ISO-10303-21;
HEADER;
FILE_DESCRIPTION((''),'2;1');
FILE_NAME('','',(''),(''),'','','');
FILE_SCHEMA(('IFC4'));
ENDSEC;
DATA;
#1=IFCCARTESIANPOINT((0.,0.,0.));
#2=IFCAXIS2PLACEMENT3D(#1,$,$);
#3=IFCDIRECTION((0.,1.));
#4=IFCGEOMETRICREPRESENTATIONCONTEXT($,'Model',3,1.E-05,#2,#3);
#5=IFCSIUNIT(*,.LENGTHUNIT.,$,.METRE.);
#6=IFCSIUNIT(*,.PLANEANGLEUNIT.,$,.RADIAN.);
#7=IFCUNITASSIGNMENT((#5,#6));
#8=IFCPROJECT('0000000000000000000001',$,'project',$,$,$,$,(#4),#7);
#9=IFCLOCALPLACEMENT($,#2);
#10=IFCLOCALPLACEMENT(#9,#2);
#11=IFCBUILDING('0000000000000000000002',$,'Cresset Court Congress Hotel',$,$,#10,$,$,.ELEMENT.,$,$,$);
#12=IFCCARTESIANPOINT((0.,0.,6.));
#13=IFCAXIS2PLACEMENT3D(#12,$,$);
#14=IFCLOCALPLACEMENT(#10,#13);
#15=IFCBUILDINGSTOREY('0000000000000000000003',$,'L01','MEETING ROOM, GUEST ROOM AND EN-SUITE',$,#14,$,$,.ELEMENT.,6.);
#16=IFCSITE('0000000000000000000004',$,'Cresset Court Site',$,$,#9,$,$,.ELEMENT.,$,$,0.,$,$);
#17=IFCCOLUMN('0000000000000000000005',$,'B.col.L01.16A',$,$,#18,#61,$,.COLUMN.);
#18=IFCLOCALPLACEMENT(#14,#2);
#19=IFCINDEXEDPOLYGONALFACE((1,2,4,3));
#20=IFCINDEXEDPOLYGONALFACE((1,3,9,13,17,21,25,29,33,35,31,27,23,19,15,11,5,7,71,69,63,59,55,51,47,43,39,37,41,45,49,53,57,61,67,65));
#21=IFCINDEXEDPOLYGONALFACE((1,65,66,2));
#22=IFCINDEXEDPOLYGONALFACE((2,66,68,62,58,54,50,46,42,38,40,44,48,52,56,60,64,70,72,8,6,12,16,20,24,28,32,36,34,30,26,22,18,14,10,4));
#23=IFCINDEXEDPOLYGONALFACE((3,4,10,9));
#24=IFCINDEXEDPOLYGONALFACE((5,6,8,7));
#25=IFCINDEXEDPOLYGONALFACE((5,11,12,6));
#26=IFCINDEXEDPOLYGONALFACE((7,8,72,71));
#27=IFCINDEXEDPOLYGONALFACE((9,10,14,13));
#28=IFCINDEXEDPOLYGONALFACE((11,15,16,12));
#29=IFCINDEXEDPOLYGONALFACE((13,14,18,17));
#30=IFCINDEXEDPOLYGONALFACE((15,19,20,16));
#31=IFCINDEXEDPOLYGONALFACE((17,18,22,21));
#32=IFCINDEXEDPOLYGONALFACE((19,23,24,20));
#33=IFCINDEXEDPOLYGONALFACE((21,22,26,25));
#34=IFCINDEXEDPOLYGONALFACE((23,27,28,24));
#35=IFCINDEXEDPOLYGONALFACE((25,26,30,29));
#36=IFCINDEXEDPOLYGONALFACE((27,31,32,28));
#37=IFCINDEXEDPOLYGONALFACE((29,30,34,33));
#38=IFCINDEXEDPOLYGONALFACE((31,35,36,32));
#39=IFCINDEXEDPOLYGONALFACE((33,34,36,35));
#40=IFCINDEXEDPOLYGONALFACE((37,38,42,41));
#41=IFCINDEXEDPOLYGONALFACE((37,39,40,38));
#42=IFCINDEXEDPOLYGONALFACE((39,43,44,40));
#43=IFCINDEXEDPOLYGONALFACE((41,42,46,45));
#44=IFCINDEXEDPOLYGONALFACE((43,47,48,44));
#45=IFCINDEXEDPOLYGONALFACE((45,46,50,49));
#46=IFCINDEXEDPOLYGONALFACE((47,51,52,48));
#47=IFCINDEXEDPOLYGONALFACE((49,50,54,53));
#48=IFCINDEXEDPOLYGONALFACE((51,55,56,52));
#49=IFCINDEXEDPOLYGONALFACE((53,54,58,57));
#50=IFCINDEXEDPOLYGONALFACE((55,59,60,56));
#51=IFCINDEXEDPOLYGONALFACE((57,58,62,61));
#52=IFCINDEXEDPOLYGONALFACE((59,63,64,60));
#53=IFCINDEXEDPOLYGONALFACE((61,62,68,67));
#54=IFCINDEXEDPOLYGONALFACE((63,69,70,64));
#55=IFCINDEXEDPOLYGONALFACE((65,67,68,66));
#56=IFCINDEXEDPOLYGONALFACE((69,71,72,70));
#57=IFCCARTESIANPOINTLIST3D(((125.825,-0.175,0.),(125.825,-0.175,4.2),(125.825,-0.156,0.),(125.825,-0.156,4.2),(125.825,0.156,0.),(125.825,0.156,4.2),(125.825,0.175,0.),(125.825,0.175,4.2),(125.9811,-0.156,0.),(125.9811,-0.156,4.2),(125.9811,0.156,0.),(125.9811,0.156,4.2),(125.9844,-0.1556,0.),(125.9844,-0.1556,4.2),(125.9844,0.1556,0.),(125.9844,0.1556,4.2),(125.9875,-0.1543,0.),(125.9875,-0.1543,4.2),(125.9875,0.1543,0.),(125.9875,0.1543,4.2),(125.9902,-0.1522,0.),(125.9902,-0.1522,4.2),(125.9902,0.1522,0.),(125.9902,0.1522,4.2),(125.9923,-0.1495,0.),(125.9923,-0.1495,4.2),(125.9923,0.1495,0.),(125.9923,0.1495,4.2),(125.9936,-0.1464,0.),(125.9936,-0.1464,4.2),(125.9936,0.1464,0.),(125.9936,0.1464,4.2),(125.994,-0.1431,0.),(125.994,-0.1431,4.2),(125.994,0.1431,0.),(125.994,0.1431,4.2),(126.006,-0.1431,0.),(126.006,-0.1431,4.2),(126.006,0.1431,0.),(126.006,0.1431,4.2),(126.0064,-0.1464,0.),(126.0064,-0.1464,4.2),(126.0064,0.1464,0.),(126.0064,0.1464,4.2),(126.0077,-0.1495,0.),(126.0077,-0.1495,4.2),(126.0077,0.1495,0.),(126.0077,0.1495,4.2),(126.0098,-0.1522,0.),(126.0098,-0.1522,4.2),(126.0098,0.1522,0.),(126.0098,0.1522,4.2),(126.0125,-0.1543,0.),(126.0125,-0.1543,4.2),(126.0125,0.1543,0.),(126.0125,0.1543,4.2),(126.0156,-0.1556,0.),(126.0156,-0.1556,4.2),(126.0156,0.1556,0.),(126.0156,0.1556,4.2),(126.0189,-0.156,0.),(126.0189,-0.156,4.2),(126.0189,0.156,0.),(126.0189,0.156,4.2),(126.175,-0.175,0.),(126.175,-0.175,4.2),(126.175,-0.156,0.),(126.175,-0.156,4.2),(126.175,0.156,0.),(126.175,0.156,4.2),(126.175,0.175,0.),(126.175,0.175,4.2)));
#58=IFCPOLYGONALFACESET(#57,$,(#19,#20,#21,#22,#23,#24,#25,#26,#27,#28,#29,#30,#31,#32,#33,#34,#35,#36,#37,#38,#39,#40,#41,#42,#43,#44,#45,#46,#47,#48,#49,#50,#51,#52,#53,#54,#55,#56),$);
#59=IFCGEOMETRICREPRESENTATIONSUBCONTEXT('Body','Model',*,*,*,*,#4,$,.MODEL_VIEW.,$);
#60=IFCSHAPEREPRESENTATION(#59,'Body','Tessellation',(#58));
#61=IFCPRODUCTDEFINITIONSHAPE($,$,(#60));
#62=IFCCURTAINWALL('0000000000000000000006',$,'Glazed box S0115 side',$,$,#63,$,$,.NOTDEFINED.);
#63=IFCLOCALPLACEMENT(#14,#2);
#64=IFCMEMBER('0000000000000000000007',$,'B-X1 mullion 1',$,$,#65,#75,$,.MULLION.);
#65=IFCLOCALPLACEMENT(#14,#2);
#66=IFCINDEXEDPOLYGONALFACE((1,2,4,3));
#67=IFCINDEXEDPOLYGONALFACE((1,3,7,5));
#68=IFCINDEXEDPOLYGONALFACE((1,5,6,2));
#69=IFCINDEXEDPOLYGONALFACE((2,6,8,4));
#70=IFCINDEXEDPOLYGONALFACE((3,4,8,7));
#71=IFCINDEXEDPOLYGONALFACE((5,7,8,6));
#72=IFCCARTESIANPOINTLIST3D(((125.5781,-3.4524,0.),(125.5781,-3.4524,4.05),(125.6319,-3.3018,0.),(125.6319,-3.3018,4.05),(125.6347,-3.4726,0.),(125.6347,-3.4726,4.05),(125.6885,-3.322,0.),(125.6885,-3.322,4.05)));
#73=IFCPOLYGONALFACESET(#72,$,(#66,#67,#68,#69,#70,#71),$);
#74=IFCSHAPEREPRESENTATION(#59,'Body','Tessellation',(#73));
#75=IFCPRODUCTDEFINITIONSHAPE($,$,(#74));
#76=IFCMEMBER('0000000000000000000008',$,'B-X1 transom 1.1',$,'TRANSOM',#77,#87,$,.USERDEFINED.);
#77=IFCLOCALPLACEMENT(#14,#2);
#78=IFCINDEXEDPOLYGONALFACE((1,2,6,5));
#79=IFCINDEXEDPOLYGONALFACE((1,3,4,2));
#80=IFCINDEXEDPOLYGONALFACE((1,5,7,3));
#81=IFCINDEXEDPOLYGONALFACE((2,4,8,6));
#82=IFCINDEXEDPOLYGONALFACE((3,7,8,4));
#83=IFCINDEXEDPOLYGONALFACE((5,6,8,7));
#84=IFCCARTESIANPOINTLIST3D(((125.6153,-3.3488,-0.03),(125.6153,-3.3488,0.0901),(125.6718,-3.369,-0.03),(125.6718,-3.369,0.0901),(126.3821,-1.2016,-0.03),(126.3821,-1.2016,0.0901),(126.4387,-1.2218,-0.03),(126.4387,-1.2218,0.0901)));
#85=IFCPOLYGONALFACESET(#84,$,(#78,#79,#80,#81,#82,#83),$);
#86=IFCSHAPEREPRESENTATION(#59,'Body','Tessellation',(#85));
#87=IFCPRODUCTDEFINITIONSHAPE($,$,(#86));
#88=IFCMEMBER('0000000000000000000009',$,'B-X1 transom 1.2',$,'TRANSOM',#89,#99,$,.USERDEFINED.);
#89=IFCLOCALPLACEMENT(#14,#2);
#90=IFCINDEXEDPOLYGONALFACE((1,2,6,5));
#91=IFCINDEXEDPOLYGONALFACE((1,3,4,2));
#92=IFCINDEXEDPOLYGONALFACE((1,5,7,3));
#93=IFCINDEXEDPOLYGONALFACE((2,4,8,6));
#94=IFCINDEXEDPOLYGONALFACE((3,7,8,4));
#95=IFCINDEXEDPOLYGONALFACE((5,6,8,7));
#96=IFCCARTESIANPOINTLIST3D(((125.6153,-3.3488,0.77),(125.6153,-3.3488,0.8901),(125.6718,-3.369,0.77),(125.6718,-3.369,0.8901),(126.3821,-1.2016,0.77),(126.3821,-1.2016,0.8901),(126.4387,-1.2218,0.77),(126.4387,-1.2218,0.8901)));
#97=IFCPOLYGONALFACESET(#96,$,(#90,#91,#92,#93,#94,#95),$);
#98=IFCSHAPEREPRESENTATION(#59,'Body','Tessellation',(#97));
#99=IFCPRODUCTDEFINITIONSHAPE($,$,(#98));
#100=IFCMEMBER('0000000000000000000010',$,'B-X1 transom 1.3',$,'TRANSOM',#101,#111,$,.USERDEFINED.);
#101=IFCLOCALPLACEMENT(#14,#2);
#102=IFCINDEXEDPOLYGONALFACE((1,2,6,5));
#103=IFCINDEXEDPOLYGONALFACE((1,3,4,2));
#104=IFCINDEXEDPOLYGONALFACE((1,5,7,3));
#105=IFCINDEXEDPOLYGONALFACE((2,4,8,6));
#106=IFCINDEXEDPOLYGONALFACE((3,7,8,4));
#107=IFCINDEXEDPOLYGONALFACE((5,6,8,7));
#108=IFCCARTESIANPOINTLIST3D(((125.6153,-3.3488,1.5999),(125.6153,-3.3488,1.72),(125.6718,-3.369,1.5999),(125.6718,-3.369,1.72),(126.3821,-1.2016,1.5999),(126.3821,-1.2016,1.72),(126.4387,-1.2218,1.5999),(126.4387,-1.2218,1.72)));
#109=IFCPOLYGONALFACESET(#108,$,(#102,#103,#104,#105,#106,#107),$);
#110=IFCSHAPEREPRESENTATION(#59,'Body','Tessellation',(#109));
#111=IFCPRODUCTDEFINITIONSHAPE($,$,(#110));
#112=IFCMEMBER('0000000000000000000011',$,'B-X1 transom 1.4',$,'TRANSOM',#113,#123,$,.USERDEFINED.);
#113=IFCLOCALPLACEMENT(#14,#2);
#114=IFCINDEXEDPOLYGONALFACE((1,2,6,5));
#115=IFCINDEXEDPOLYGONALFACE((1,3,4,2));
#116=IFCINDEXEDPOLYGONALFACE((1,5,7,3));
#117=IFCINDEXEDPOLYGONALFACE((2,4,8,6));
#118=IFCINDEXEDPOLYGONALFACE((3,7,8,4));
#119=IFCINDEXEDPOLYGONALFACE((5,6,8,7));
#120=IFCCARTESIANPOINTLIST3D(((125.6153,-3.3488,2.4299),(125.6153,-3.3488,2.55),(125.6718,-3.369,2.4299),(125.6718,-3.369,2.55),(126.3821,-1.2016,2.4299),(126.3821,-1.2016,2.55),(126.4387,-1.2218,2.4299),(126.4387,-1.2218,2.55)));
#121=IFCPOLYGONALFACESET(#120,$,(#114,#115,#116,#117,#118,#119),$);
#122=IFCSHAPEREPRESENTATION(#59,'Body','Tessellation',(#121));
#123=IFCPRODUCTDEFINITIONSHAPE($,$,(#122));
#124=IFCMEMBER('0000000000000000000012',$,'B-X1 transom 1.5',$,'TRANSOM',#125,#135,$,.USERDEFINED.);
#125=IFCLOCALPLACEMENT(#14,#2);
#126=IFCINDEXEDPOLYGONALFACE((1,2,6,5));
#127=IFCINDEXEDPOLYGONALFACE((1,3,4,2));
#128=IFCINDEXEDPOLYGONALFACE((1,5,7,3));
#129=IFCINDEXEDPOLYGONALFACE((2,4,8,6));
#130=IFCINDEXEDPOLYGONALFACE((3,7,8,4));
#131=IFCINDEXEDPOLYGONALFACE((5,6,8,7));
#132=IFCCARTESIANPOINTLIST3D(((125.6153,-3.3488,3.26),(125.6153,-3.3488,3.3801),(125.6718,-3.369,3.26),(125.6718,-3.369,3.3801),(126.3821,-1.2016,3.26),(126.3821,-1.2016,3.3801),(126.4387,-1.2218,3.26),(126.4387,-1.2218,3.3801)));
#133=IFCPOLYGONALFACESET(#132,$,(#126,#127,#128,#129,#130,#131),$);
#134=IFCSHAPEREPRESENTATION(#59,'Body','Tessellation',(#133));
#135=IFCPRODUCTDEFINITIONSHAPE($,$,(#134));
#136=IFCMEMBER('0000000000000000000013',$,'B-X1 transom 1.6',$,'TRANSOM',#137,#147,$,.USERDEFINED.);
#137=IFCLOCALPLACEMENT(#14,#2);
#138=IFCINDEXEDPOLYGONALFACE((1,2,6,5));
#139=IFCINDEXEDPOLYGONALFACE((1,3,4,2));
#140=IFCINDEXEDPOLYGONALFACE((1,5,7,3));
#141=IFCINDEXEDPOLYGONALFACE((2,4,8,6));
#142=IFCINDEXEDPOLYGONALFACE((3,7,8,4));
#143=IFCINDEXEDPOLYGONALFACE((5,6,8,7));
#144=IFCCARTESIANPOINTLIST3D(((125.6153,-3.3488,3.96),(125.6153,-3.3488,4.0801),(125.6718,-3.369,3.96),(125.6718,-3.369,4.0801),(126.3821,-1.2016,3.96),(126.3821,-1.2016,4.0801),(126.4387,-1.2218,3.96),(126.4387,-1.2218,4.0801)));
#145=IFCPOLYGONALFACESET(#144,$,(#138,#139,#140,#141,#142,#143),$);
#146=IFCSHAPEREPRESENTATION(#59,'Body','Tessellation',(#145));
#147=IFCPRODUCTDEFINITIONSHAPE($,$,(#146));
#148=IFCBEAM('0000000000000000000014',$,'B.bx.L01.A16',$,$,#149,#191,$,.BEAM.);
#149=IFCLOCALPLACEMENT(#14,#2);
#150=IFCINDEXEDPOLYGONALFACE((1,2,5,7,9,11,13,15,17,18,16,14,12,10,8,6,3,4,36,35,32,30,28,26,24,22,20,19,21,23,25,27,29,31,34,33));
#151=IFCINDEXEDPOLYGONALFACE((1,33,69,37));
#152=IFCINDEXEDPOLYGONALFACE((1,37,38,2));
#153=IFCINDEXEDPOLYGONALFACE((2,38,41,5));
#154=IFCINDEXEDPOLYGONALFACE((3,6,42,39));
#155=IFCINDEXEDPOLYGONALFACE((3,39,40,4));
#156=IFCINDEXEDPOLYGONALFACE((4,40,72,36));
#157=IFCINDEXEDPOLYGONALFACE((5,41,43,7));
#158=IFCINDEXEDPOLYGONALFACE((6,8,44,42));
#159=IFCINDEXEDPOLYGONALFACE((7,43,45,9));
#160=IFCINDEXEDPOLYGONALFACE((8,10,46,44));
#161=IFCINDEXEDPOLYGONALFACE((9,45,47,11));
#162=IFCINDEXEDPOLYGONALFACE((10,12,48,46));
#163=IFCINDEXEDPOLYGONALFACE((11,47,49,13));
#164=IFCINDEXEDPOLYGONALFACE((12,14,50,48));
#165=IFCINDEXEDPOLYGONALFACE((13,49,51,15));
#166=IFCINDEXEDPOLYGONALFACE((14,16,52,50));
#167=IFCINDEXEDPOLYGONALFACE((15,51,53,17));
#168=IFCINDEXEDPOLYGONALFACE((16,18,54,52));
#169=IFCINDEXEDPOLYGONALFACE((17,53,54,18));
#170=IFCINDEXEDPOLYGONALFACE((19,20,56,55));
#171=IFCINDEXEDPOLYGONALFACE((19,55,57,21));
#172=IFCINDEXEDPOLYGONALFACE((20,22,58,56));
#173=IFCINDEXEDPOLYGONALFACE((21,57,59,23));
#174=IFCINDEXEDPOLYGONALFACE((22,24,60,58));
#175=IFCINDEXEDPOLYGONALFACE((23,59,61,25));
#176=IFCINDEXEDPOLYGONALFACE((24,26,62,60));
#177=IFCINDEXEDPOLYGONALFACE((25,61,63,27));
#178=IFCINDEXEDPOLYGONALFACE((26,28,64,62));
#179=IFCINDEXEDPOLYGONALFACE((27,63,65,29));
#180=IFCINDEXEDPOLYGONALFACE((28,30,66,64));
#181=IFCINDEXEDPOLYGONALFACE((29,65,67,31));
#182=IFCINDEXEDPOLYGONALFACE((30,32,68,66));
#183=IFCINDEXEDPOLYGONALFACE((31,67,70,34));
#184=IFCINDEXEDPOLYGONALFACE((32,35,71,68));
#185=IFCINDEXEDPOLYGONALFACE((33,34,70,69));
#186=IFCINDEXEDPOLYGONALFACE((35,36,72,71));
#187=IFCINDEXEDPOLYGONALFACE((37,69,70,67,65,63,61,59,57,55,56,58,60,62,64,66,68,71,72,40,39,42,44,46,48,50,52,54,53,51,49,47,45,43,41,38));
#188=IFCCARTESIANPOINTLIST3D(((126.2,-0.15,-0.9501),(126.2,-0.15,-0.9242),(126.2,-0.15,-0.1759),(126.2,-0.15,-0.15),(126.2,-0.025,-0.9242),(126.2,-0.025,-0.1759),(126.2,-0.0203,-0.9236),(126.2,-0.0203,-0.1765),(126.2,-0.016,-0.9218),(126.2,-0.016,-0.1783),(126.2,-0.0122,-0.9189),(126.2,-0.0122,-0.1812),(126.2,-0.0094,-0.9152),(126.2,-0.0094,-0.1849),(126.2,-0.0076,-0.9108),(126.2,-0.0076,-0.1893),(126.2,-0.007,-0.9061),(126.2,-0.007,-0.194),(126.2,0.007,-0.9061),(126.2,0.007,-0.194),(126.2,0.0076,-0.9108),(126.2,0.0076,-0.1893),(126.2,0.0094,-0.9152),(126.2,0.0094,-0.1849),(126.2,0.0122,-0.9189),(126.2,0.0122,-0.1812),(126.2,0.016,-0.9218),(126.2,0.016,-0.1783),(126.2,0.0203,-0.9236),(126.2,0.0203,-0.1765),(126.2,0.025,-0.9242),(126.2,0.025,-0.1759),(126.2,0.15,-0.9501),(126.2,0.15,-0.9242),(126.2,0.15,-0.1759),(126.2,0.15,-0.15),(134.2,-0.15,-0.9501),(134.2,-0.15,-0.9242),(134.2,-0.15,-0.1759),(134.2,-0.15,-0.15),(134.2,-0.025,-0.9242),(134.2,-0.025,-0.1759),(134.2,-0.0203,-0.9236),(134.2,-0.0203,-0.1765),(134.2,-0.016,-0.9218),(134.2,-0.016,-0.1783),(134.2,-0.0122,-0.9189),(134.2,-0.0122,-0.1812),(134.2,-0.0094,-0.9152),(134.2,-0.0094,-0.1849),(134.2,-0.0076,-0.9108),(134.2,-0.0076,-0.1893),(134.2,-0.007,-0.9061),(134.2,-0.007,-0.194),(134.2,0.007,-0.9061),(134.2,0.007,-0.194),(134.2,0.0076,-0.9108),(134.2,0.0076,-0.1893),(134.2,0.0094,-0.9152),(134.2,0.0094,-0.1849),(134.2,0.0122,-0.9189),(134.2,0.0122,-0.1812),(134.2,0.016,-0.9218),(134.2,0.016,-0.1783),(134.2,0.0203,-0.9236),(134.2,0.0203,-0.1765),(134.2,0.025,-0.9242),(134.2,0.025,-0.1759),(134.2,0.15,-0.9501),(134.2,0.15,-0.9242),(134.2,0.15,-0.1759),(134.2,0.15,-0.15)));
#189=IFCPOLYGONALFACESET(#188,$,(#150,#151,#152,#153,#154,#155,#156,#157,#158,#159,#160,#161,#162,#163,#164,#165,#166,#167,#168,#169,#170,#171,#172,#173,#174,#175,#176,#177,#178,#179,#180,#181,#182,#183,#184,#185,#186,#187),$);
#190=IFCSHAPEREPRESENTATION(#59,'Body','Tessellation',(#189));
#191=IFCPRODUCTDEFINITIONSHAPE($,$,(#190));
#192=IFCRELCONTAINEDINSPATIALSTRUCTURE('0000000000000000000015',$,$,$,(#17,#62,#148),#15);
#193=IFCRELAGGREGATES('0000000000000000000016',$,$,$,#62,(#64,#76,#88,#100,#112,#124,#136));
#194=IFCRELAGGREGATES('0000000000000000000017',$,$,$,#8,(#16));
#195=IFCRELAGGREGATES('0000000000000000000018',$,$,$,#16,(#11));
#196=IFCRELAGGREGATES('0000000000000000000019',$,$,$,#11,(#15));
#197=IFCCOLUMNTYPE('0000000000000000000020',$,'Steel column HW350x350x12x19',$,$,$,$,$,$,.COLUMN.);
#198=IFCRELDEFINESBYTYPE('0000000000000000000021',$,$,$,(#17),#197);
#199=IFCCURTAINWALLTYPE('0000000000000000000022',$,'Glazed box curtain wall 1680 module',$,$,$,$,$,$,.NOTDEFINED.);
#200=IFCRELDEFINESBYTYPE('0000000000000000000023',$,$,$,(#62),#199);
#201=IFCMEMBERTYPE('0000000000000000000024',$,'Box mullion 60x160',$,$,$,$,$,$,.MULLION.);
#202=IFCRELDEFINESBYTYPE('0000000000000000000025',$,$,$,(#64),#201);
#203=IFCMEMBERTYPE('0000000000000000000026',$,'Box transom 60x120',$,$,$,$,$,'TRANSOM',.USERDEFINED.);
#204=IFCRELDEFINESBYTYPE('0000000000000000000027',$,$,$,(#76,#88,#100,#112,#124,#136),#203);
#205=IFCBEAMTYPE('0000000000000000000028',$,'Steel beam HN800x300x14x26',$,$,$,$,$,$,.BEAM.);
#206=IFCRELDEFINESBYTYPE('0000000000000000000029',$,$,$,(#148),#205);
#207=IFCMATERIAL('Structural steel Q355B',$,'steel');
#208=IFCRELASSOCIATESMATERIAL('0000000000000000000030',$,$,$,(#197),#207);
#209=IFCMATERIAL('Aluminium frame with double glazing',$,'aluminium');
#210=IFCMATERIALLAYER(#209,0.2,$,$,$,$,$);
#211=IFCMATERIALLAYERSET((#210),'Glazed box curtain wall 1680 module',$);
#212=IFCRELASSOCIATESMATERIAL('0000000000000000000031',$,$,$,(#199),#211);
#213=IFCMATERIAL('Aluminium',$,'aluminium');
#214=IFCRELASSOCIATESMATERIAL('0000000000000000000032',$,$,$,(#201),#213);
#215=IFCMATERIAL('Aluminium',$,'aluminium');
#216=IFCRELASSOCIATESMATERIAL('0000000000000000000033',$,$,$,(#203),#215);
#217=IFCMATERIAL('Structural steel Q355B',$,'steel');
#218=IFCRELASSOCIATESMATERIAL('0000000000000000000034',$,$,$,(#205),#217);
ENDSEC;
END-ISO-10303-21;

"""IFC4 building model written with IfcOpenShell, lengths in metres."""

from ifc_helpers import new_model, si_unit, direction, frame, origin, origin_2d, place, context, subcontext, project, spatial, rectangle, i_section, extrude, material, layer, layer_set, material_profile, profile_set, type_object, element, aggregate, save


model = new_model("IFC4")

# Units and contexts
model_context = context("Model", 3, precision=1e-05, world=origin(), true_north=direction((0.0, 1.0)))
body_context = subcontext(model_context, "Body", "Model", "MODEL_VIEW")
ifc_project = project(units=[si_unit("LENGTHUNIT", "METRE"), si_unit("PLANEANGLEUNIT", "RADIAN")], contexts=[model_context])

# Site, building, storey
site_placement = place(None, origin())
site = spatial("IfcSite", under=ifc_project, at=site_placement, Name="Cresset Court Site", CompositionType="ELEMENT", RefElevation=0.0)
building_placement = place(site_placement, origin())
building = spatial("IfcBuilding", under=site, at=building_placement, Name="Cresset Court Congress Hotel", CompositionType="ELEMENT")
storey_placement = place(building_placement, frame((0.0, 0.0, 6.0)))
storey = spatial("IfcBuildingStorey", under=building, at=storey_placement, Name="L01", Description="MEETING ROOM, GUEST ROOM AND EN-SUITE", CompositionType="ELEMENT", Elevation=6.0)

# Column
ifc_material_1 = material(Name="Structural steel Q355B", Category="steel")
ifc_material_profile_1 = material_profile(ifc_material_1, i_section(OverallWidth=0.3501, OverallDepth=0.3501, WebThickness=0.012, FlangeThickness=0.019, FilletRadius=0.0129, at=origin_2d()), Name="HW350x350x12x19")
ifc_profile_set_1 = profile_set([ifc_material_profile_1], Name="Structural steel Q355B")
column_type = type_object("IfcColumnType", Name="Steel column HW350x350x12x19", PredefinedType="COLUMN", material=ifc_profile_set_1)
column_placement = place(storey_placement, frame((126.0, 0.0, 0.0), z_axis=(0.0, 0.0, 1.0), x_axis=(1.0, 0.0, 0.0)))
element("IfcColumn", 1, at=column_placement, inside=storey, type_object=column_type, Name="B.col.L01.16A", PredefinedType="COLUMN", context=body_context, shape_type="SweptSolid", body=[
    extrude(i_section(OverallWidth=0.3501, OverallDepth=0.3501, WebThickness=0.012, FlangeThickness=0.019, FilletRadius=0.0129, at=origin_2d()), origin(), (0.0, 0.0, 1.0), 4.2),
])

# Curtain wall, members
ifc_material_2 = material(Name="Aluminium frame with double glazing", Category="aluminium")
ifc_layer_1 = layer(ifc_material_2, 0.2)
ifc_layer_set_1 = layer_set([ifc_layer_1], Name="Glazed box curtain wall 1680 module")
curtain_wall_type = type_object("IfcCurtainWallType", Name="Glazed box curtain wall 1680 module", PredefinedType="NOTDEFINED", material=ifc_layer_set_1)
curtain_wall_1_placement = place(storey_placement, origin())
curtain_wall_1 = element("IfcCurtainWall", 2, at=curtain_wall_1_placement, inside=storey, type_object=curtain_wall_type, Name="Glazed box S0115 side", PredefinedType="NOTDEFINED")
ifc_material_3 = material(Name="Aluminium", Category="aluminium")
ifc_material_profile_2 = material_profile(ifc_material_3, rectangle(XDim=0.0601, YDim=0.1599, at=origin_2d()), Name="Box mullion 60x160")
ifc_profile_set_2 = profile_set([ifc_material_profile_2], Name="Aluminium")
member_type_1 = type_object("IfcMemberType", Name="Box mullion 60x160", PredefinedType="MULLION", material=ifc_profile_set_2)
member_1_placement = place(storey_placement, frame((125.6333, -3.3872, 0.0), z_axis=(0.0, 0.0, 1.0), x_axis=(-0.941742, 0.336336, 0.0)))
member_1 = element("IfcMember", 3, at=member_1_placement, type_object=member_type_1, Name="B-X1 mullion 1", PredefinedType="MULLION", context=body_context, shape_type="SweptSolid", body=[
    extrude(rectangle(XDim=0.0601, YDim=0.1599, at=origin_2d()), origin(), (0.0, 0.0, 1.0), 4.05),
])
ifc_material_4 = material(Name="Aluminium", Category="aluminium")
ifc_material_profile_3 = material_profile(ifc_material_4, rectangle(XDim=0.0601, YDim=0.1201, at=origin_2d()), Name="Box transom 60x120")
ifc_profile_set_3 = profile_set([ifc_material_profile_3], Name="Aluminium")
member_type_2 = type_object("IfcMemberType", Name="Box transom 60x120", ElementType="TRANSOM", PredefinedType="USERDEFINED", material=ifc_profile_set_3)
member_2_placement = place(storey_placement, frame((125.6436, -3.3589, 0.03), z_axis=(0.33633, 0.941744, 0.0), x_axis=(-0.941744, 0.33633, 0.0)))
member_2 = element("IfcMember", 4, at=member_2_placement, type_object=member_type_2, Name="B-X1 transom 1.1", ObjectType="TRANSOM", PredefinedType="USERDEFINED", context=body_context, shape_type="SweptSolid", body=[
    extrude(rectangle(XDim=0.0601, YDim=0.1201, at=origin_2d()), origin(), (0.0, 0.0, 1.0), 2.28),
])
member_3_placement = place(storey_placement, frame((125.6436, -3.3589, 0.8301), z_axis=(0.33633, 0.941744, 0.0), x_axis=(-0.941744, 0.33633, 0.0)))
member_3 = element("IfcMember", 5, at=member_3_placement, type_object=member_type_2, Name="B-X1 transom 1.2", ObjectType="TRANSOM", PredefinedType="USERDEFINED", context=body_context, shape_type="SweptSolid", body=[
    extrude(rectangle(XDim=0.0601, YDim=0.1201, at=origin_2d()), origin(), (0.0, 0.0, 1.0), 2.28),
])
member_4_placement = place(storey_placement, frame((125.6436, -3.3589, 1.6599), z_axis=(0.33633, 0.941744, 0.0), x_axis=(-0.941744, 0.33633, 0.0)))
member_4 = element("IfcMember", 6, at=member_4_placement, type_object=member_type_2, Name="B-X1 transom 1.3", ObjectType="TRANSOM", PredefinedType="USERDEFINED", context=body_context, shape_type="SweptSolid", body=[
    extrude(rectangle(XDim=0.0601, YDim=0.1201, at=origin_2d()), origin(), (0.0, 0.0, 1.0), 2.28),
])
member_5_placement = place(storey_placement, frame((125.6436, -3.3589, 2.49), z_axis=(0.33633, 0.941744, 0.0), x_axis=(-0.941744, 0.33633, 0.0)))
member_5 = element("IfcMember", 7, at=member_5_placement, type_object=member_type_2, Name="B-X1 transom 1.4", ObjectType="TRANSOM", PredefinedType="USERDEFINED", context=body_context, shape_type="SweptSolid", body=[
    extrude(rectangle(XDim=0.0601, YDim=0.1201, at=origin_2d()), origin(), (0.0, 0.0, 1.0), 2.28),
])
member_6_placement = place(storey_placement, frame((125.6436, -3.3589, 3.3201), z_axis=(0.33633, 0.941744, 0.0), x_axis=(-0.941744, 0.33633, 0.0)))
member_6 = element("IfcMember", 8, at=member_6_placement, type_object=member_type_2, Name="B-X1 transom 1.5", ObjectType="TRANSOM", PredefinedType="USERDEFINED", context=body_context, shape_type="SweptSolid", body=[
    extrude(rectangle(XDim=0.0601, YDim=0.1201, at=origin_2d()), origin(), (0.0, 0.0, 1.0), 2.28),
])
member_7_placement = place(storey_placement, frame((125.6436, -3.3589, 4.02), z_axis=(0.33633, 0.941744, 0.0), x_axis=(-0.941744, 0.33633, 0.0)))
member_7 = element("IfcMember", 9, at=member_7_placement, type_object=member_type_2, Name="B-X1 transom 1.6", ObjectType="TRANSOM", PredefinedType="USERDEFINED", context=body_context, shape_type="SweptSolid", body=[
    extrude(rectangle(XDim=0.0601, YDim=0.1201, at=origin_2d()), origin(), (0.0, 0.0, 1.0), 2.28),
])

# Beam
ifc_material_5 = material(Name="Structural steel Q355B", Category="steel")
ifc_material_profile_4 = material_profile(ifc_material_5, i_section(OverallWidth=0.3, OverallDepth=0.8, WebThickness=0.0139, FlangeThickness=0.0259, FilletRadius=0.0181, at=origin_2d()), Name="HN800x300x14x26")
ifc_profile_set_4 = profile_set([ifc_material_profile_4], Name="Structural steel Q355B")
beam_type = type_object("IfcBeamType", Name="Steel beam HN800x300x14x26", PredefinedType="BEAM", material=ifc_profile_set_4)
beam_placement = place(storey_placement, frame((126.2, 0.0, -0.55), z_axis=(1.0, 0.0, 0.0), x_axis=(0.0, 1.0, 0.0)))
element("IfcBeam", 10, at=beam_placement, inside=storey, type_object=beam_type, Name="B.bx.L01.A16", PredefinedType="BEAM", context=body_context, shape_type="SweptSolid", body=[
    extrude(i_section(OverallWidth=0.3, OverallDepth=0.8, WebThickness=0.0139, FlangeThickness=0.0259, FilletRadius=0.0181, at=origin_2d()), origin(), (0.0, 0.0, 1.0), 8.0),
])

aggregate(curtain_wall_1, [member_1, member_2, member_3, member_4, member_5, member_6, member_7])

save(model, "model.ifc")
